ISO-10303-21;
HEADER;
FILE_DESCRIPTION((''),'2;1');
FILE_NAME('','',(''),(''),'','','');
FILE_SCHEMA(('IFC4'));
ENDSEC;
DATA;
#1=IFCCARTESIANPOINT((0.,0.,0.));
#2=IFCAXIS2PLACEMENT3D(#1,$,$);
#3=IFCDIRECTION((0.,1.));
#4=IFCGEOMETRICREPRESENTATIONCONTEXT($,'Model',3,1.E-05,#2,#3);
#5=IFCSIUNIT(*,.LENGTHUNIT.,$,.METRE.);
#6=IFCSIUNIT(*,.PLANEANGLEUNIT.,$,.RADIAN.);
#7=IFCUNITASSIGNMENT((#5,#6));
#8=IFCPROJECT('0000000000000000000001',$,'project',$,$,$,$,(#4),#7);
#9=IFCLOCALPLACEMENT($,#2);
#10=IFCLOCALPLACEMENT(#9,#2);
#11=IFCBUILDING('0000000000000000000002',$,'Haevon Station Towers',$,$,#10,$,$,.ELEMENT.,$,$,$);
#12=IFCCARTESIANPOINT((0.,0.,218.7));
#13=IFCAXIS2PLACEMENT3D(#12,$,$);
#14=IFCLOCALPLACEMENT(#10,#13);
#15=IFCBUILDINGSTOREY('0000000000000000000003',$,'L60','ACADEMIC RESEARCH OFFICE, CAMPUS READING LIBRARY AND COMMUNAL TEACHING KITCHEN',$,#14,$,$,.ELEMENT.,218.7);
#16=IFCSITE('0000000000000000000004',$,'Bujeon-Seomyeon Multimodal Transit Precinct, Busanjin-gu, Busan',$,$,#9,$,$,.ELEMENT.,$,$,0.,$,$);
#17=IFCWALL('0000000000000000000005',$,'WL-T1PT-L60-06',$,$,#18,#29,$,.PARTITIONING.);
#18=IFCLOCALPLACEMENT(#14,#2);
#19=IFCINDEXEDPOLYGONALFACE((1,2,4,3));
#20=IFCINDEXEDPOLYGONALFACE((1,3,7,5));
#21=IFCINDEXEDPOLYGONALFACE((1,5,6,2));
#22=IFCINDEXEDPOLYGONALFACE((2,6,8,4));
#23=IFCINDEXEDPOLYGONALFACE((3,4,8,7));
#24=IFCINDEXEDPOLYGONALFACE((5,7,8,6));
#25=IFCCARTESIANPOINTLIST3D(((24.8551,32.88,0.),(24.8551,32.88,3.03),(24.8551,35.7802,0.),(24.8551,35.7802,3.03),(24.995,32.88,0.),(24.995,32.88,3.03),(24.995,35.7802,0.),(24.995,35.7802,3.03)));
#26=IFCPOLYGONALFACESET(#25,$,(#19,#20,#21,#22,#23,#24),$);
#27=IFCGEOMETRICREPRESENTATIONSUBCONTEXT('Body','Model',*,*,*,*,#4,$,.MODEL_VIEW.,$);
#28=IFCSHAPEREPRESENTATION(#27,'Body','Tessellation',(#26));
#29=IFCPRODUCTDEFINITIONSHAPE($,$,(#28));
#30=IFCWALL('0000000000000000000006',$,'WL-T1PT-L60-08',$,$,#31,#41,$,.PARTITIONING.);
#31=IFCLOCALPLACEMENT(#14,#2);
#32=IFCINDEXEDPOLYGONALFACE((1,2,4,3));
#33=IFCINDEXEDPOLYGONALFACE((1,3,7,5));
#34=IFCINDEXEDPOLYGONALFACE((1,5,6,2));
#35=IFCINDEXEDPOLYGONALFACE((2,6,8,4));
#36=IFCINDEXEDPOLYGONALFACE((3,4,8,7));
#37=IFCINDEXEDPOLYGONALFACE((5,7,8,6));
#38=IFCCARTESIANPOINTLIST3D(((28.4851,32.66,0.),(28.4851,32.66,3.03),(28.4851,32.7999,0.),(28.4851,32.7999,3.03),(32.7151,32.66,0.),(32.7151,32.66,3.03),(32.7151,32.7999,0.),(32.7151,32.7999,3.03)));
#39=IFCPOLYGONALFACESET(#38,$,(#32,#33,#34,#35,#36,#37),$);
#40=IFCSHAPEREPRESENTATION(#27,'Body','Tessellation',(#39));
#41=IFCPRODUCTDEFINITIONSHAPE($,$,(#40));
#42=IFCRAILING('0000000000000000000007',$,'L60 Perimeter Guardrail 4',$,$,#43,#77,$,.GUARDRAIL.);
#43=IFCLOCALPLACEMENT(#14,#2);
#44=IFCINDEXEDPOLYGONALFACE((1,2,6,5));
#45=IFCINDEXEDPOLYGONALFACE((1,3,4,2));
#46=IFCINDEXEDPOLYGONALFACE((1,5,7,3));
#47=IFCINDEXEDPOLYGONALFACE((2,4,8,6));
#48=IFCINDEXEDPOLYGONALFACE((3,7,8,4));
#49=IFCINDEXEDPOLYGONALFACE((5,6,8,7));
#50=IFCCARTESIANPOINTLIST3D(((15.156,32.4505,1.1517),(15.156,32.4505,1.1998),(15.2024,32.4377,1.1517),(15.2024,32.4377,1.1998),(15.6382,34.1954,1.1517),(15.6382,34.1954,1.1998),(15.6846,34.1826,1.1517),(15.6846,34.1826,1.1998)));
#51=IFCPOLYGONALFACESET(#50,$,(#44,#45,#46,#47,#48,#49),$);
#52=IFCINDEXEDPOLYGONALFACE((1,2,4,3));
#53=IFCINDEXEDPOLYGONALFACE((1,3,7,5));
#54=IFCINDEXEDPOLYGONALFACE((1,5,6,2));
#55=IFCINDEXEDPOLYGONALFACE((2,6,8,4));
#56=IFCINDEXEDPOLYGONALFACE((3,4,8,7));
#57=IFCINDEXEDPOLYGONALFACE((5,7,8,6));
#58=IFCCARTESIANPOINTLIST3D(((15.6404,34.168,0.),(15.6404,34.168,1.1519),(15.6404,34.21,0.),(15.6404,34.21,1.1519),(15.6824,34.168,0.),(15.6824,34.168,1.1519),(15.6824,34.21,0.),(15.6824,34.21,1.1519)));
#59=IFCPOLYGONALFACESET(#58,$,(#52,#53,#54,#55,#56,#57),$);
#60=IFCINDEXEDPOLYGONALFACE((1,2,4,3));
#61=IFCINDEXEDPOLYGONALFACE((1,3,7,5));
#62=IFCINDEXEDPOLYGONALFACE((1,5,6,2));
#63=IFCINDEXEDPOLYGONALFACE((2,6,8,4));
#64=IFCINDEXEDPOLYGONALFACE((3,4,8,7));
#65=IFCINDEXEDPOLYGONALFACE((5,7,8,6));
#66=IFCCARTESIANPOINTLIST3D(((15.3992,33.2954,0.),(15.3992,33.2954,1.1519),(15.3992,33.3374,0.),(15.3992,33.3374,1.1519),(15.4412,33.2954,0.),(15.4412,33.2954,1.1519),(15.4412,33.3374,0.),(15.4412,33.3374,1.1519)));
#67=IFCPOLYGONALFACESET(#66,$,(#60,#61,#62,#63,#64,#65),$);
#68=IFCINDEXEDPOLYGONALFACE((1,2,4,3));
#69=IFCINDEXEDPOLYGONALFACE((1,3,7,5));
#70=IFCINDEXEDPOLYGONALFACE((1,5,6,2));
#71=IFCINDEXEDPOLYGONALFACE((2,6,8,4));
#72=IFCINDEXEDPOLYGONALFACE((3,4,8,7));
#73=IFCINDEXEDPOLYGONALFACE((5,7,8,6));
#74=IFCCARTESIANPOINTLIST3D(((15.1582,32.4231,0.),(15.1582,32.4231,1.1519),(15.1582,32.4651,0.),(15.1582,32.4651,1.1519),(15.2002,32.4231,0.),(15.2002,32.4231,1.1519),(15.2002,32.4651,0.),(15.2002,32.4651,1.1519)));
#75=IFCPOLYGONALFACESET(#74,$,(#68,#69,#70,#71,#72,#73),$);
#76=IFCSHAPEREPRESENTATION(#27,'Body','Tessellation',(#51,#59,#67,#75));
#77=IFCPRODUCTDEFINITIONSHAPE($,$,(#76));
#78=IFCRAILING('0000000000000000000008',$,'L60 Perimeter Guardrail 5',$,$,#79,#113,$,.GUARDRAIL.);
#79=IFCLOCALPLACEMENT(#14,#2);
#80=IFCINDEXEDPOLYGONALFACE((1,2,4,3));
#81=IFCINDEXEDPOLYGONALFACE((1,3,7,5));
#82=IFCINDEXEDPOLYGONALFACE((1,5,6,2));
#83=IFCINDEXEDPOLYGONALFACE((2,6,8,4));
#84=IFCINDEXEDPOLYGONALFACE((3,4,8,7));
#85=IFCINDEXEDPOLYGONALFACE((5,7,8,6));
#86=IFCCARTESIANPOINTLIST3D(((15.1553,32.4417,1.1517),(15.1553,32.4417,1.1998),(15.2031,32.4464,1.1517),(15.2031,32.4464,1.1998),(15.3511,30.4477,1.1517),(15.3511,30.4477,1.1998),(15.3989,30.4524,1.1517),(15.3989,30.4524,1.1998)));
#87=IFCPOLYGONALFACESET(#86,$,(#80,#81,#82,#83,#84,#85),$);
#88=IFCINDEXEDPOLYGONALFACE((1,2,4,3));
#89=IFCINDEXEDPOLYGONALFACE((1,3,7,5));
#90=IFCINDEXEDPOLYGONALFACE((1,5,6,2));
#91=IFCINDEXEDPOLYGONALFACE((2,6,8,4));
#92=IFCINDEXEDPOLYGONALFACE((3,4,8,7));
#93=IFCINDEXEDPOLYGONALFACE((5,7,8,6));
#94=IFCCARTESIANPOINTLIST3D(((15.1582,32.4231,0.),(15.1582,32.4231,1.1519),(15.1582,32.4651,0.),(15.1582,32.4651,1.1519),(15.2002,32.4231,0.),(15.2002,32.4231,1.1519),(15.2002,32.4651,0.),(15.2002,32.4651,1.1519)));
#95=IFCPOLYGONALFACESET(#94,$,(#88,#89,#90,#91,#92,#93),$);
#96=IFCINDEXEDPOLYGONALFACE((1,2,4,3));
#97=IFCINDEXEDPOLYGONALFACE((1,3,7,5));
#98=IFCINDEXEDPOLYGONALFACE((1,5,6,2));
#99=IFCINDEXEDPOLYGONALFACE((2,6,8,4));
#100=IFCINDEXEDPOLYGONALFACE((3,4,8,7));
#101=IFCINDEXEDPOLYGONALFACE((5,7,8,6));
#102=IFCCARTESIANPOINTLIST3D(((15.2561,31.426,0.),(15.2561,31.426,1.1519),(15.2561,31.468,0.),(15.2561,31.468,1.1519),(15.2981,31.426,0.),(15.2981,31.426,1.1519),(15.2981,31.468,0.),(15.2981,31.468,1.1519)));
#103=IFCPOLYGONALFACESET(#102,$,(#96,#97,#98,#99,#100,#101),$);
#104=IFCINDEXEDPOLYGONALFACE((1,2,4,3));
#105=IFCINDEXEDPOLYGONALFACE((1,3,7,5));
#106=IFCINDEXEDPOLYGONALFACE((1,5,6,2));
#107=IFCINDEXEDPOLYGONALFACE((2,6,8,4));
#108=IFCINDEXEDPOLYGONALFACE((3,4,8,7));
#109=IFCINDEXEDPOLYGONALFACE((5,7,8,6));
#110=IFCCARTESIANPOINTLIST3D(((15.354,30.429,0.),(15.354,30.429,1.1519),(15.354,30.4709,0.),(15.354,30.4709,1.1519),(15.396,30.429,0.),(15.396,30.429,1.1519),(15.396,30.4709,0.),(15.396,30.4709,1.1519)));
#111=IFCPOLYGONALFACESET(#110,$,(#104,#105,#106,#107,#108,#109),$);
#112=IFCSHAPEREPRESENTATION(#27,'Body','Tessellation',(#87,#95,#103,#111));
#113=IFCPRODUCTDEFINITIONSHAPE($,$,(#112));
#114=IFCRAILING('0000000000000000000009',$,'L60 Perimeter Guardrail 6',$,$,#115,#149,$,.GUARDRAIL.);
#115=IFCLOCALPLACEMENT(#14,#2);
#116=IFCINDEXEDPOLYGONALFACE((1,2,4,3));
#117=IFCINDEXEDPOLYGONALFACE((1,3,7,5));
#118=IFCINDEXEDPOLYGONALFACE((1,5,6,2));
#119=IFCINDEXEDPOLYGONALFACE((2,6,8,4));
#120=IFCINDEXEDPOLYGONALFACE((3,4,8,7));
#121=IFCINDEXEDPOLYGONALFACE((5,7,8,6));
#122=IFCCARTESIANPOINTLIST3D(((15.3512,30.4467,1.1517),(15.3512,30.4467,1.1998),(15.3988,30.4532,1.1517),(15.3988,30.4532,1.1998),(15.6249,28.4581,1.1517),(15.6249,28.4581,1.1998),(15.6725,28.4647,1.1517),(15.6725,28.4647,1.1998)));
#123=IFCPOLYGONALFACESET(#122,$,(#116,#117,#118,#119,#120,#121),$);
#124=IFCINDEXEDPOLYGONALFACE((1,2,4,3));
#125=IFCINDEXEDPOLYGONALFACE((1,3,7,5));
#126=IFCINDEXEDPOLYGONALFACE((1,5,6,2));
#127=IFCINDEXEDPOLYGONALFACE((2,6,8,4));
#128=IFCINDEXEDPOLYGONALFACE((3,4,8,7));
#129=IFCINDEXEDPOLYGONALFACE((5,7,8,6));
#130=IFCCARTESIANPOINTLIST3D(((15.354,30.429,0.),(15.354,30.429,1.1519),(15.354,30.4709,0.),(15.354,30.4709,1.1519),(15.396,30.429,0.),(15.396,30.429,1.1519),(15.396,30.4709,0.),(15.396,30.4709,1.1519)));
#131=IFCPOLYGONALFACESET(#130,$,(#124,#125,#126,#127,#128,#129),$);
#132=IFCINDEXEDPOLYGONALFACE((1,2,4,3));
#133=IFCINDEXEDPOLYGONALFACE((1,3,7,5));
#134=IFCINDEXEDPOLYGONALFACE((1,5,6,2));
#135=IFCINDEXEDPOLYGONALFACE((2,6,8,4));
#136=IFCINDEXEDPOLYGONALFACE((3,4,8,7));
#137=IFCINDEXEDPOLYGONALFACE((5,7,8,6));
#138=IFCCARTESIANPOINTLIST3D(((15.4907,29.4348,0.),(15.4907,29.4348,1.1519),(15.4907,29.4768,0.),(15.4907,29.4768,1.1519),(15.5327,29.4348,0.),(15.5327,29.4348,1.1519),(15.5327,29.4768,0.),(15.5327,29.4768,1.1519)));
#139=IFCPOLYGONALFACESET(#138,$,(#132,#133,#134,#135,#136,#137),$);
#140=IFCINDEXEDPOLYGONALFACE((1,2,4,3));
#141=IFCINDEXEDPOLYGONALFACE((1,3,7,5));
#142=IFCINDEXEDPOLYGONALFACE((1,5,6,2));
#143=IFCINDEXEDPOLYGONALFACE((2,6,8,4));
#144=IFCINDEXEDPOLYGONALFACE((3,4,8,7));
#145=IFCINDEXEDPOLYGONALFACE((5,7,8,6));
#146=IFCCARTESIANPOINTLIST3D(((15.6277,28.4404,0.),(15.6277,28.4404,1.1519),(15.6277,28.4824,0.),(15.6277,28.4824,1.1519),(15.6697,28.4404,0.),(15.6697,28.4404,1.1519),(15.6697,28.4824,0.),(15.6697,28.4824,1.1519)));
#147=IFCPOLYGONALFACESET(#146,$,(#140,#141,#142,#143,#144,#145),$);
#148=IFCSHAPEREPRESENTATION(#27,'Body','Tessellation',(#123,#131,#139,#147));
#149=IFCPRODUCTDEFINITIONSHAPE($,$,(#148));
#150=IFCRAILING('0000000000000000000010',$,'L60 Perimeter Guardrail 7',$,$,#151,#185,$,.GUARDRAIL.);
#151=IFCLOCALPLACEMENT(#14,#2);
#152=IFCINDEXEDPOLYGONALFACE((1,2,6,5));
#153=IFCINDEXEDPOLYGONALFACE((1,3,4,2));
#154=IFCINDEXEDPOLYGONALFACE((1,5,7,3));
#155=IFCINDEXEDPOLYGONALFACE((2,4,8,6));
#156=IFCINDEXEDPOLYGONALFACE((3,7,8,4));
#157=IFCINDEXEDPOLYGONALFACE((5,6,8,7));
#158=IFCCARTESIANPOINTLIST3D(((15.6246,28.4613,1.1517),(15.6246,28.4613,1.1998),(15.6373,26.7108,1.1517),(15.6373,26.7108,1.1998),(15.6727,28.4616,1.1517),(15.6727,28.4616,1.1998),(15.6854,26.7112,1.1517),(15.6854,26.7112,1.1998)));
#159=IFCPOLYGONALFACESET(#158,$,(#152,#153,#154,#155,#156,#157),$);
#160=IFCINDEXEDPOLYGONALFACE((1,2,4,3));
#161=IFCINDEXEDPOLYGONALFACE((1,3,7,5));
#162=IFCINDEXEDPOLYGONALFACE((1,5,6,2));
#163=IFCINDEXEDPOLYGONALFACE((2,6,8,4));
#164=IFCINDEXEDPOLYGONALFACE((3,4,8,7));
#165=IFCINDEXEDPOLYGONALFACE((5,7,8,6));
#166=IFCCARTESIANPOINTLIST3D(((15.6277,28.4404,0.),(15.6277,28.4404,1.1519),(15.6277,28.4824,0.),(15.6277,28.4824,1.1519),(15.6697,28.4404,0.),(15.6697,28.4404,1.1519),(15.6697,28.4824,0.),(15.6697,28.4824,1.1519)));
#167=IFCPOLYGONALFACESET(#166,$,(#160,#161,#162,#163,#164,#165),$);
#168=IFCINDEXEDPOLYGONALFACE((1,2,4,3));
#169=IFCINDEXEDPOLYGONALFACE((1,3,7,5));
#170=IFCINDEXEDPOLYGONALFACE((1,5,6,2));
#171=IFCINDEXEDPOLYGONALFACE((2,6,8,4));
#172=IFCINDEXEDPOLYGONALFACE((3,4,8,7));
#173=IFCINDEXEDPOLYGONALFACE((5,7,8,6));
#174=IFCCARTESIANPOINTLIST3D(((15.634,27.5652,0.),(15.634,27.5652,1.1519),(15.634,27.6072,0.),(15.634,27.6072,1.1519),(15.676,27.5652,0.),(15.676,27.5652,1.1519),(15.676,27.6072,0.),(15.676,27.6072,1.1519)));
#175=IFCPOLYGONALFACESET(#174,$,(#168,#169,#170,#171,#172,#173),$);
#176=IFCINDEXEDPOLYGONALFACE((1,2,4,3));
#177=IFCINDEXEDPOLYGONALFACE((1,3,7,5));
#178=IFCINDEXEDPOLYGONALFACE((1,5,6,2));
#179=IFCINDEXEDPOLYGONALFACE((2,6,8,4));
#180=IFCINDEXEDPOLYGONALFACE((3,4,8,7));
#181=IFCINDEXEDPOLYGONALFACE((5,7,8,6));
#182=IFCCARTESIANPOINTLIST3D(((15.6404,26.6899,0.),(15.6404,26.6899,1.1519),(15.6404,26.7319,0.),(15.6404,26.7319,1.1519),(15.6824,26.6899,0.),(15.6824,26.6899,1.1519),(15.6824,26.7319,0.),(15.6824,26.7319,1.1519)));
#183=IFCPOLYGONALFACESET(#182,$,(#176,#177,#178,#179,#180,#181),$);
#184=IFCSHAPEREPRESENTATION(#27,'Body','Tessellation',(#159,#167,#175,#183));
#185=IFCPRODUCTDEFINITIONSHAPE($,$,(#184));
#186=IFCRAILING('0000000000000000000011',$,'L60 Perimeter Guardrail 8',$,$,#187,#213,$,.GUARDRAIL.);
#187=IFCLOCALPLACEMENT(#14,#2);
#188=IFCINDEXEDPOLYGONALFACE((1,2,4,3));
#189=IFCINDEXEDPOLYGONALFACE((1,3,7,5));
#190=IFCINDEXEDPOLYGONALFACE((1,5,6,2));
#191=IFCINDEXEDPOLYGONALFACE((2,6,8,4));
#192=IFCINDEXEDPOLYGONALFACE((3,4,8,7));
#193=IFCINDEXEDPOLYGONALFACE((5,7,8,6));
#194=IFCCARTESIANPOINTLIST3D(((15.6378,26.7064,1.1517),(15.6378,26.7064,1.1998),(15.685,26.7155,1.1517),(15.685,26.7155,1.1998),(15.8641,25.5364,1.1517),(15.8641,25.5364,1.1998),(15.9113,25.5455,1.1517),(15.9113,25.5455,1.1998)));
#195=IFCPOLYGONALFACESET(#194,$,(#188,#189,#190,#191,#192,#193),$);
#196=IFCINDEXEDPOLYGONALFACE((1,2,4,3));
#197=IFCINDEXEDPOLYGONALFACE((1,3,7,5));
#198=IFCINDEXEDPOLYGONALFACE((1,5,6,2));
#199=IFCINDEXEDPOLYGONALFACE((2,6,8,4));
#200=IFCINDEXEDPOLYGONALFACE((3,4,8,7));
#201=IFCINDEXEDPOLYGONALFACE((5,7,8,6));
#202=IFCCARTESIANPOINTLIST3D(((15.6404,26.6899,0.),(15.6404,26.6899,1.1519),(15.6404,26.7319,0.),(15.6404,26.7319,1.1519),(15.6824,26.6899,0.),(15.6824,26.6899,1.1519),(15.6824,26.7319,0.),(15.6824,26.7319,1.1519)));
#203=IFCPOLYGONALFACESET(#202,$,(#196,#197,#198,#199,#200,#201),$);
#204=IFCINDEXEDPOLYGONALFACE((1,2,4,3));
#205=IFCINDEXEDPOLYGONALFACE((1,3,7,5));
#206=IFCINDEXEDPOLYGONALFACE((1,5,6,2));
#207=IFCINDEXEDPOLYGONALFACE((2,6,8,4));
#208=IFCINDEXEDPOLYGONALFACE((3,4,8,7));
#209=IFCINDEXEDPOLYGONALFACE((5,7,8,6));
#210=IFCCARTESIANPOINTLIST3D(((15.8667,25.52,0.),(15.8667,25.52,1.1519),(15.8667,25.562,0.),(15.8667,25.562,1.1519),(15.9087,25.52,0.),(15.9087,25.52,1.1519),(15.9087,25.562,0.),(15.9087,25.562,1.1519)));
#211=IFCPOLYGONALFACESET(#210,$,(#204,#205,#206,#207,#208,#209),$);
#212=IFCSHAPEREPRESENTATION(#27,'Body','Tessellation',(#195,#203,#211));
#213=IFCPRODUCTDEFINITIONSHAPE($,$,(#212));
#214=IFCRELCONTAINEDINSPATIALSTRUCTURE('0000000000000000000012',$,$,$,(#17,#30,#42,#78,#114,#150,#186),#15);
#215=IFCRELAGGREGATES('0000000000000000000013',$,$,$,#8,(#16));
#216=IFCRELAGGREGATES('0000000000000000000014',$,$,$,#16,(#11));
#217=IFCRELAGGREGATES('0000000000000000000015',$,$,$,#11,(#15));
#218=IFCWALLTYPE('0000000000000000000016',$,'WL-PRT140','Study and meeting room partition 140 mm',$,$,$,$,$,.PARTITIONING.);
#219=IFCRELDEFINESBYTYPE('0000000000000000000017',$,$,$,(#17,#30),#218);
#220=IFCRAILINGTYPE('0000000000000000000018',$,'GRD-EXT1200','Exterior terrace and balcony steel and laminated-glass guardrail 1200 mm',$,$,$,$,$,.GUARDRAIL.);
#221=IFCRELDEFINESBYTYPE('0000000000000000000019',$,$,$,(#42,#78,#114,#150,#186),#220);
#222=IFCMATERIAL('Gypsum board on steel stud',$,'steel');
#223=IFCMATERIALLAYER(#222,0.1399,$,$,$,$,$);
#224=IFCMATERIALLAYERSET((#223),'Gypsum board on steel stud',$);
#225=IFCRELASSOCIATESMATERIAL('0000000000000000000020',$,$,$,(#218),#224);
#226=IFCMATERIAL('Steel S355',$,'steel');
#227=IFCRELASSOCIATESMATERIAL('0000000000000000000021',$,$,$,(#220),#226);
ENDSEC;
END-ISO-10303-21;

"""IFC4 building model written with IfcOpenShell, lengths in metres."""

from ifc_helpers import new_model, si_unit, direction, frame, frame_2d, origin, origin_2d, place, context, subcontext, project, spatial, rectangle, extrude, material, layer, layer_set, type_object, element, save


model = new_model("IFC4")

# Units and contexts
model_context = context("Model", 3, precision=1e-05, world=origin(), true_north=direction((0.0, 1.0)))
body_context = subcontext(model_context, "Body", "Model", "MODEL_VIEW")
ifc_project = project(units=[si_unit("LENGTHUNIT", "METRE"), si_unit("PLANEANGLEUNIT", "RADIAN")], contexts=[model_context])

# Site, building, storey
site_placement = place(None, origin())
site = spatial("IfcSite", under=ifc_project, at=site_placement, Name="Bujeon-Seomyeon Multimodal Transit Precinct, Busanjin-gu, Busan", CompositionType="ELEMENT", RefElevation=0.0)
building_placement = place(site_placement, origin())
building = spatial("IfcBuilding", under=site, at=building_placement, Name="Haevon Station Towers", CompositionType="ELEMENT")
storey_placement = place(building_placement, frame((0.0, 0.0, 218.7)))
storey = spatial("IfcBuildingStorey", under=building, at=storey_placement, Name="L60", Description="ACADEMIC RESEARCH OFFICE, CAMPUS READING LIBRARY AND COMMUNAL TEACHING KITCHEN", CompositionType="ELEMENT", Elevation=218.7)

# Shared definitions
ifc_material_1 = material(Name="Steel S355", Category="steel")

# Walls
ifc_material_2 = material(Name="Gypsum board on steel stud", Category="steel")
ifc_layer_1 = layer(ifc_material_2, 0.1399)
ifc_layer_set_1 = layer_set([ifc_layer_1], Name="Gypsum board on steel stud")
wall_type_1 = type_object("IfcWallType", Name="WL-PRT140", Description="Study and meeting room partition 140 mm", PredefinedType="PARTITIONING", material=ifc_layer_set_1)
wall_1_placement = place(storey_placement, frame((24.925, 32.8799, 0.0), z_axis=(0.0, 0.0, 1.0), x_axis=(0.0, 1.0, 0.0)))
element("IfcWall", 1, at=wall_1_placement, inside=storey, type_object=wall_type_1, Name="WL-T1PT-L60-06", PredefinedType="PARTITIONING", context=body_context, shape_type="SweptSolid", body=[
    extrude(rectangle(XDim=2.9001, YDim=0.1399, at=frame_2d((1.4502, 0.0))), origin(), (0.0, 0.0, 1.0), 3.03),
])
wall_2_placement = place(storey_placement, frame((28.4851, 32.73, 0.0), z_axis=(0.0, 0.0, 1.0), x_axis=(1.0, 0.0, 0.0)))
element("IfcWall", 2, at=wall_2_placement, inside=storey, type_object=wall_type_1, Name="WL-T1PT-L60-08", PredefinedType="PARTITIONING", context=body_context, shape_type="SweptSolid", body=[
    extrude(rectangle(XDim=4.23, YDim=0.1399, at=frame_2d((2.115, 0.0))), origin(), (0.0, 0.0, 1.0), 3.03),
])

# Railings
railing_type = type_object("IfcRailingType", Name="GRD-EXT1200", Description="Exterior terrace and balcony steel and laminated-glass guardrail 1200 mm", PredefinedType="GUARDRAIL", material=ifc_material_1)
railing_1_placement = place(storey_placement, frame((15.6614, 34.189, 0.0)))
element("IfcRailing", 3, at=railing_1_placement, inside=storey, type_object=railing_type, Name="L60 Perimeter Guardrail 4", PredefinedType="GUARDRAIL", context=body_context, shape_type="SweptSolid", body=[
    extrude(rectangle(XDim=0.0481, YDim=0.0481, at=origin_2d()), frame((0.0, 0.0, 1.1758), z_axis=(-0.266357, -0.963874, 0.0), x_axis=(0.963874, -0.266357, 0.0)), (0.0, 0.0, 1.0), 1.8103),
    extrude(rectangle(XDim=0.042, YDim=0.042, at=origin_2d()), origin(), (0.0, 0.0, 1.0), 1.1519),
    extrude(rectangle(XDim=0.042, YDim=0.042, at=origin_2d()), frame((-0.2412, -0.8726, 0.0)), (0.0, 0.0, 1.0), 1.1519),
    extrude(rectangle(XDim=0.042, YDim=0.042, at=origin_2d()), frame((-0.4822, -1.7449, 0.0)), (0.0, 0.0, 1.0), 1.1519),
])
railing_2_placement = place(storey_placement, frame((15.1792, 32.4441, 0.0)))
element("IfcRailing", 4, at=railing_2_placement, inside=storey, type_object=railing_type, Name="L60 Perimeter Guardrail 5", PredefinedType="GUARDRAIL", context=body_context, shape_type="SweptSolid", body=[
    extrude(rectangle(XDim=0.0481, YDim=0.0481, at=origin_2d()), frame((0.0, 0.0, 1.1758), z_axis=(0.097718, -0.995214, 0.0), x_axis=(0.995214, 0.097718, 0.0)), (0.0, 0.0, 1.0), 2.0037),
    extrude(rectangle(XDim=0.042, YDim=0.042, at=origin_2d()), origin(), (0.0, 0.0, 1.0), 1.1519),
    extrude(rectangle(XDim=0.042, YDim=0.042, at=origin_2d()), frame((0.0979, -0.9971, 0.0)), (0.0, 0.0, 1.0), 1.1519),
    extrude(rectangle(XDim=0.042, YDim=0.042, at=origin_2d()), frame((0.1958, -1.9941, 0.0)), (0.0, 0.0, 1.0), 1.1519),
])
railing_3_placement = place(storey_placement, frame((15.375, 30.45, 0.0)))
element("IfcRailing", 5, at=railing_3_placement, inside=storey, type_object=railing_type, Name="L60 Perimeter Guardrail 6", PredefinedType="GUARDRAIL", context=body_context, shape_type="SweptSolid", body=[
    extrude(rectangle(XDim=0.0481, YDim=0.0481, at=origin_2d()), frame((0.0, 0.0, 1.1758), z_axis=(0.136345, -0.990661, 0.0), x_axis=(0.990661, 0.136345, 0.0)), (0.0, 0.0, 1.0), 2.0073),
    extrude(rectangle(XDim=0.042, YDim=0.042, at=origin_2d()), origin(), (0.0, 0.0, 1.0), 1.1519),
    extrude(rectangle(XDim=0.042, YDim=0.042, at=origin_2d()), frame((0.1367, -0.9941, 0.0)), (0.0, 0.0, 1.0), 1.1519),
    extrude(rectangle(XDim=0.042, YDim=0.042, at=origin_2d()), frame((0.2737, -1.9885, 0.0)), (0.0, 0.0, 1.0), 1.1519),
])
railing_4_placement = place(storey_placement, frame((15.6487, 28.4614, 0.0)))
element("IfcRailing", 6, at=railing_4_placement, inside=storey, type_object=railing_type, Name="L60 Perimeter Guardrail 7", PredefinedType="GUARDRAIL", context=body_context, shape_type="SweptSolid", body=[
    extrude(rectangle(XDim=0.0481, YDim=0.0481, at=origin_2d()), frame((0.0, 0.0, 1.1758), z_axis=(0.007252, -0.999974, 0.0), x_axis=(0.999974, 0.007252, 0.0)), (0.0, 0.0, 1.0), 1.7505),
    extrude(rectangle(XDim=0.042, YDim=0.042, at=origin_2d()), origin(), (0.0, 0.0, 1.0), 1.1519),
    extrude(rectangle(XDim=0.042, YDim=0.042, at=origin_2d()), frame((0.0063, -0.8752, 0.0)), (0.0, 0.0, 1.0), 1.1519),
    extrude(rectangle(XDim=0.042, YDim=0.042, at=origin_2d()), frame((0.0127, -1.7505, 0.0)), (0.0, 0.0, 1.0), 1.1519),
])
railing_5_placement = place(storey_placement, frame((15.6614, 26.7109, 0.0)))
element("IfcRailing", 7, at=railing_5_placement, inside=storey, type_object=railing_type, Name="L60 Perimeter Guardrail 8", PredefinedType="GUARDRAIL", context=body_context, shape_type="SweptSolid", body=[
    extrude(rectangle(XDim=0.0481, YDim=0.0481, at=origin_2d()), frame((0.0, 0.0, 1.1758), z_axis=(0.189926, -0.981798, 0.0), x_axis=(0.981798, 0.189926, 0.0)), (0.0, 0.0, 1.0), 1.1917),
    extrude(rectangle(XDim=0.042, YDim=0.042, at=origin_2d()), origin(), (0.0, 0.0, 1.0), 1.1519),
    extrude(rectangle(XDim=0.042, YDim=0.042, at=origin_2d()), frame((0.2263, -1.1699, 0.0)), (0.0, 0.0, 1.0), 1.1519),
])

save(model, "model.ifc")
